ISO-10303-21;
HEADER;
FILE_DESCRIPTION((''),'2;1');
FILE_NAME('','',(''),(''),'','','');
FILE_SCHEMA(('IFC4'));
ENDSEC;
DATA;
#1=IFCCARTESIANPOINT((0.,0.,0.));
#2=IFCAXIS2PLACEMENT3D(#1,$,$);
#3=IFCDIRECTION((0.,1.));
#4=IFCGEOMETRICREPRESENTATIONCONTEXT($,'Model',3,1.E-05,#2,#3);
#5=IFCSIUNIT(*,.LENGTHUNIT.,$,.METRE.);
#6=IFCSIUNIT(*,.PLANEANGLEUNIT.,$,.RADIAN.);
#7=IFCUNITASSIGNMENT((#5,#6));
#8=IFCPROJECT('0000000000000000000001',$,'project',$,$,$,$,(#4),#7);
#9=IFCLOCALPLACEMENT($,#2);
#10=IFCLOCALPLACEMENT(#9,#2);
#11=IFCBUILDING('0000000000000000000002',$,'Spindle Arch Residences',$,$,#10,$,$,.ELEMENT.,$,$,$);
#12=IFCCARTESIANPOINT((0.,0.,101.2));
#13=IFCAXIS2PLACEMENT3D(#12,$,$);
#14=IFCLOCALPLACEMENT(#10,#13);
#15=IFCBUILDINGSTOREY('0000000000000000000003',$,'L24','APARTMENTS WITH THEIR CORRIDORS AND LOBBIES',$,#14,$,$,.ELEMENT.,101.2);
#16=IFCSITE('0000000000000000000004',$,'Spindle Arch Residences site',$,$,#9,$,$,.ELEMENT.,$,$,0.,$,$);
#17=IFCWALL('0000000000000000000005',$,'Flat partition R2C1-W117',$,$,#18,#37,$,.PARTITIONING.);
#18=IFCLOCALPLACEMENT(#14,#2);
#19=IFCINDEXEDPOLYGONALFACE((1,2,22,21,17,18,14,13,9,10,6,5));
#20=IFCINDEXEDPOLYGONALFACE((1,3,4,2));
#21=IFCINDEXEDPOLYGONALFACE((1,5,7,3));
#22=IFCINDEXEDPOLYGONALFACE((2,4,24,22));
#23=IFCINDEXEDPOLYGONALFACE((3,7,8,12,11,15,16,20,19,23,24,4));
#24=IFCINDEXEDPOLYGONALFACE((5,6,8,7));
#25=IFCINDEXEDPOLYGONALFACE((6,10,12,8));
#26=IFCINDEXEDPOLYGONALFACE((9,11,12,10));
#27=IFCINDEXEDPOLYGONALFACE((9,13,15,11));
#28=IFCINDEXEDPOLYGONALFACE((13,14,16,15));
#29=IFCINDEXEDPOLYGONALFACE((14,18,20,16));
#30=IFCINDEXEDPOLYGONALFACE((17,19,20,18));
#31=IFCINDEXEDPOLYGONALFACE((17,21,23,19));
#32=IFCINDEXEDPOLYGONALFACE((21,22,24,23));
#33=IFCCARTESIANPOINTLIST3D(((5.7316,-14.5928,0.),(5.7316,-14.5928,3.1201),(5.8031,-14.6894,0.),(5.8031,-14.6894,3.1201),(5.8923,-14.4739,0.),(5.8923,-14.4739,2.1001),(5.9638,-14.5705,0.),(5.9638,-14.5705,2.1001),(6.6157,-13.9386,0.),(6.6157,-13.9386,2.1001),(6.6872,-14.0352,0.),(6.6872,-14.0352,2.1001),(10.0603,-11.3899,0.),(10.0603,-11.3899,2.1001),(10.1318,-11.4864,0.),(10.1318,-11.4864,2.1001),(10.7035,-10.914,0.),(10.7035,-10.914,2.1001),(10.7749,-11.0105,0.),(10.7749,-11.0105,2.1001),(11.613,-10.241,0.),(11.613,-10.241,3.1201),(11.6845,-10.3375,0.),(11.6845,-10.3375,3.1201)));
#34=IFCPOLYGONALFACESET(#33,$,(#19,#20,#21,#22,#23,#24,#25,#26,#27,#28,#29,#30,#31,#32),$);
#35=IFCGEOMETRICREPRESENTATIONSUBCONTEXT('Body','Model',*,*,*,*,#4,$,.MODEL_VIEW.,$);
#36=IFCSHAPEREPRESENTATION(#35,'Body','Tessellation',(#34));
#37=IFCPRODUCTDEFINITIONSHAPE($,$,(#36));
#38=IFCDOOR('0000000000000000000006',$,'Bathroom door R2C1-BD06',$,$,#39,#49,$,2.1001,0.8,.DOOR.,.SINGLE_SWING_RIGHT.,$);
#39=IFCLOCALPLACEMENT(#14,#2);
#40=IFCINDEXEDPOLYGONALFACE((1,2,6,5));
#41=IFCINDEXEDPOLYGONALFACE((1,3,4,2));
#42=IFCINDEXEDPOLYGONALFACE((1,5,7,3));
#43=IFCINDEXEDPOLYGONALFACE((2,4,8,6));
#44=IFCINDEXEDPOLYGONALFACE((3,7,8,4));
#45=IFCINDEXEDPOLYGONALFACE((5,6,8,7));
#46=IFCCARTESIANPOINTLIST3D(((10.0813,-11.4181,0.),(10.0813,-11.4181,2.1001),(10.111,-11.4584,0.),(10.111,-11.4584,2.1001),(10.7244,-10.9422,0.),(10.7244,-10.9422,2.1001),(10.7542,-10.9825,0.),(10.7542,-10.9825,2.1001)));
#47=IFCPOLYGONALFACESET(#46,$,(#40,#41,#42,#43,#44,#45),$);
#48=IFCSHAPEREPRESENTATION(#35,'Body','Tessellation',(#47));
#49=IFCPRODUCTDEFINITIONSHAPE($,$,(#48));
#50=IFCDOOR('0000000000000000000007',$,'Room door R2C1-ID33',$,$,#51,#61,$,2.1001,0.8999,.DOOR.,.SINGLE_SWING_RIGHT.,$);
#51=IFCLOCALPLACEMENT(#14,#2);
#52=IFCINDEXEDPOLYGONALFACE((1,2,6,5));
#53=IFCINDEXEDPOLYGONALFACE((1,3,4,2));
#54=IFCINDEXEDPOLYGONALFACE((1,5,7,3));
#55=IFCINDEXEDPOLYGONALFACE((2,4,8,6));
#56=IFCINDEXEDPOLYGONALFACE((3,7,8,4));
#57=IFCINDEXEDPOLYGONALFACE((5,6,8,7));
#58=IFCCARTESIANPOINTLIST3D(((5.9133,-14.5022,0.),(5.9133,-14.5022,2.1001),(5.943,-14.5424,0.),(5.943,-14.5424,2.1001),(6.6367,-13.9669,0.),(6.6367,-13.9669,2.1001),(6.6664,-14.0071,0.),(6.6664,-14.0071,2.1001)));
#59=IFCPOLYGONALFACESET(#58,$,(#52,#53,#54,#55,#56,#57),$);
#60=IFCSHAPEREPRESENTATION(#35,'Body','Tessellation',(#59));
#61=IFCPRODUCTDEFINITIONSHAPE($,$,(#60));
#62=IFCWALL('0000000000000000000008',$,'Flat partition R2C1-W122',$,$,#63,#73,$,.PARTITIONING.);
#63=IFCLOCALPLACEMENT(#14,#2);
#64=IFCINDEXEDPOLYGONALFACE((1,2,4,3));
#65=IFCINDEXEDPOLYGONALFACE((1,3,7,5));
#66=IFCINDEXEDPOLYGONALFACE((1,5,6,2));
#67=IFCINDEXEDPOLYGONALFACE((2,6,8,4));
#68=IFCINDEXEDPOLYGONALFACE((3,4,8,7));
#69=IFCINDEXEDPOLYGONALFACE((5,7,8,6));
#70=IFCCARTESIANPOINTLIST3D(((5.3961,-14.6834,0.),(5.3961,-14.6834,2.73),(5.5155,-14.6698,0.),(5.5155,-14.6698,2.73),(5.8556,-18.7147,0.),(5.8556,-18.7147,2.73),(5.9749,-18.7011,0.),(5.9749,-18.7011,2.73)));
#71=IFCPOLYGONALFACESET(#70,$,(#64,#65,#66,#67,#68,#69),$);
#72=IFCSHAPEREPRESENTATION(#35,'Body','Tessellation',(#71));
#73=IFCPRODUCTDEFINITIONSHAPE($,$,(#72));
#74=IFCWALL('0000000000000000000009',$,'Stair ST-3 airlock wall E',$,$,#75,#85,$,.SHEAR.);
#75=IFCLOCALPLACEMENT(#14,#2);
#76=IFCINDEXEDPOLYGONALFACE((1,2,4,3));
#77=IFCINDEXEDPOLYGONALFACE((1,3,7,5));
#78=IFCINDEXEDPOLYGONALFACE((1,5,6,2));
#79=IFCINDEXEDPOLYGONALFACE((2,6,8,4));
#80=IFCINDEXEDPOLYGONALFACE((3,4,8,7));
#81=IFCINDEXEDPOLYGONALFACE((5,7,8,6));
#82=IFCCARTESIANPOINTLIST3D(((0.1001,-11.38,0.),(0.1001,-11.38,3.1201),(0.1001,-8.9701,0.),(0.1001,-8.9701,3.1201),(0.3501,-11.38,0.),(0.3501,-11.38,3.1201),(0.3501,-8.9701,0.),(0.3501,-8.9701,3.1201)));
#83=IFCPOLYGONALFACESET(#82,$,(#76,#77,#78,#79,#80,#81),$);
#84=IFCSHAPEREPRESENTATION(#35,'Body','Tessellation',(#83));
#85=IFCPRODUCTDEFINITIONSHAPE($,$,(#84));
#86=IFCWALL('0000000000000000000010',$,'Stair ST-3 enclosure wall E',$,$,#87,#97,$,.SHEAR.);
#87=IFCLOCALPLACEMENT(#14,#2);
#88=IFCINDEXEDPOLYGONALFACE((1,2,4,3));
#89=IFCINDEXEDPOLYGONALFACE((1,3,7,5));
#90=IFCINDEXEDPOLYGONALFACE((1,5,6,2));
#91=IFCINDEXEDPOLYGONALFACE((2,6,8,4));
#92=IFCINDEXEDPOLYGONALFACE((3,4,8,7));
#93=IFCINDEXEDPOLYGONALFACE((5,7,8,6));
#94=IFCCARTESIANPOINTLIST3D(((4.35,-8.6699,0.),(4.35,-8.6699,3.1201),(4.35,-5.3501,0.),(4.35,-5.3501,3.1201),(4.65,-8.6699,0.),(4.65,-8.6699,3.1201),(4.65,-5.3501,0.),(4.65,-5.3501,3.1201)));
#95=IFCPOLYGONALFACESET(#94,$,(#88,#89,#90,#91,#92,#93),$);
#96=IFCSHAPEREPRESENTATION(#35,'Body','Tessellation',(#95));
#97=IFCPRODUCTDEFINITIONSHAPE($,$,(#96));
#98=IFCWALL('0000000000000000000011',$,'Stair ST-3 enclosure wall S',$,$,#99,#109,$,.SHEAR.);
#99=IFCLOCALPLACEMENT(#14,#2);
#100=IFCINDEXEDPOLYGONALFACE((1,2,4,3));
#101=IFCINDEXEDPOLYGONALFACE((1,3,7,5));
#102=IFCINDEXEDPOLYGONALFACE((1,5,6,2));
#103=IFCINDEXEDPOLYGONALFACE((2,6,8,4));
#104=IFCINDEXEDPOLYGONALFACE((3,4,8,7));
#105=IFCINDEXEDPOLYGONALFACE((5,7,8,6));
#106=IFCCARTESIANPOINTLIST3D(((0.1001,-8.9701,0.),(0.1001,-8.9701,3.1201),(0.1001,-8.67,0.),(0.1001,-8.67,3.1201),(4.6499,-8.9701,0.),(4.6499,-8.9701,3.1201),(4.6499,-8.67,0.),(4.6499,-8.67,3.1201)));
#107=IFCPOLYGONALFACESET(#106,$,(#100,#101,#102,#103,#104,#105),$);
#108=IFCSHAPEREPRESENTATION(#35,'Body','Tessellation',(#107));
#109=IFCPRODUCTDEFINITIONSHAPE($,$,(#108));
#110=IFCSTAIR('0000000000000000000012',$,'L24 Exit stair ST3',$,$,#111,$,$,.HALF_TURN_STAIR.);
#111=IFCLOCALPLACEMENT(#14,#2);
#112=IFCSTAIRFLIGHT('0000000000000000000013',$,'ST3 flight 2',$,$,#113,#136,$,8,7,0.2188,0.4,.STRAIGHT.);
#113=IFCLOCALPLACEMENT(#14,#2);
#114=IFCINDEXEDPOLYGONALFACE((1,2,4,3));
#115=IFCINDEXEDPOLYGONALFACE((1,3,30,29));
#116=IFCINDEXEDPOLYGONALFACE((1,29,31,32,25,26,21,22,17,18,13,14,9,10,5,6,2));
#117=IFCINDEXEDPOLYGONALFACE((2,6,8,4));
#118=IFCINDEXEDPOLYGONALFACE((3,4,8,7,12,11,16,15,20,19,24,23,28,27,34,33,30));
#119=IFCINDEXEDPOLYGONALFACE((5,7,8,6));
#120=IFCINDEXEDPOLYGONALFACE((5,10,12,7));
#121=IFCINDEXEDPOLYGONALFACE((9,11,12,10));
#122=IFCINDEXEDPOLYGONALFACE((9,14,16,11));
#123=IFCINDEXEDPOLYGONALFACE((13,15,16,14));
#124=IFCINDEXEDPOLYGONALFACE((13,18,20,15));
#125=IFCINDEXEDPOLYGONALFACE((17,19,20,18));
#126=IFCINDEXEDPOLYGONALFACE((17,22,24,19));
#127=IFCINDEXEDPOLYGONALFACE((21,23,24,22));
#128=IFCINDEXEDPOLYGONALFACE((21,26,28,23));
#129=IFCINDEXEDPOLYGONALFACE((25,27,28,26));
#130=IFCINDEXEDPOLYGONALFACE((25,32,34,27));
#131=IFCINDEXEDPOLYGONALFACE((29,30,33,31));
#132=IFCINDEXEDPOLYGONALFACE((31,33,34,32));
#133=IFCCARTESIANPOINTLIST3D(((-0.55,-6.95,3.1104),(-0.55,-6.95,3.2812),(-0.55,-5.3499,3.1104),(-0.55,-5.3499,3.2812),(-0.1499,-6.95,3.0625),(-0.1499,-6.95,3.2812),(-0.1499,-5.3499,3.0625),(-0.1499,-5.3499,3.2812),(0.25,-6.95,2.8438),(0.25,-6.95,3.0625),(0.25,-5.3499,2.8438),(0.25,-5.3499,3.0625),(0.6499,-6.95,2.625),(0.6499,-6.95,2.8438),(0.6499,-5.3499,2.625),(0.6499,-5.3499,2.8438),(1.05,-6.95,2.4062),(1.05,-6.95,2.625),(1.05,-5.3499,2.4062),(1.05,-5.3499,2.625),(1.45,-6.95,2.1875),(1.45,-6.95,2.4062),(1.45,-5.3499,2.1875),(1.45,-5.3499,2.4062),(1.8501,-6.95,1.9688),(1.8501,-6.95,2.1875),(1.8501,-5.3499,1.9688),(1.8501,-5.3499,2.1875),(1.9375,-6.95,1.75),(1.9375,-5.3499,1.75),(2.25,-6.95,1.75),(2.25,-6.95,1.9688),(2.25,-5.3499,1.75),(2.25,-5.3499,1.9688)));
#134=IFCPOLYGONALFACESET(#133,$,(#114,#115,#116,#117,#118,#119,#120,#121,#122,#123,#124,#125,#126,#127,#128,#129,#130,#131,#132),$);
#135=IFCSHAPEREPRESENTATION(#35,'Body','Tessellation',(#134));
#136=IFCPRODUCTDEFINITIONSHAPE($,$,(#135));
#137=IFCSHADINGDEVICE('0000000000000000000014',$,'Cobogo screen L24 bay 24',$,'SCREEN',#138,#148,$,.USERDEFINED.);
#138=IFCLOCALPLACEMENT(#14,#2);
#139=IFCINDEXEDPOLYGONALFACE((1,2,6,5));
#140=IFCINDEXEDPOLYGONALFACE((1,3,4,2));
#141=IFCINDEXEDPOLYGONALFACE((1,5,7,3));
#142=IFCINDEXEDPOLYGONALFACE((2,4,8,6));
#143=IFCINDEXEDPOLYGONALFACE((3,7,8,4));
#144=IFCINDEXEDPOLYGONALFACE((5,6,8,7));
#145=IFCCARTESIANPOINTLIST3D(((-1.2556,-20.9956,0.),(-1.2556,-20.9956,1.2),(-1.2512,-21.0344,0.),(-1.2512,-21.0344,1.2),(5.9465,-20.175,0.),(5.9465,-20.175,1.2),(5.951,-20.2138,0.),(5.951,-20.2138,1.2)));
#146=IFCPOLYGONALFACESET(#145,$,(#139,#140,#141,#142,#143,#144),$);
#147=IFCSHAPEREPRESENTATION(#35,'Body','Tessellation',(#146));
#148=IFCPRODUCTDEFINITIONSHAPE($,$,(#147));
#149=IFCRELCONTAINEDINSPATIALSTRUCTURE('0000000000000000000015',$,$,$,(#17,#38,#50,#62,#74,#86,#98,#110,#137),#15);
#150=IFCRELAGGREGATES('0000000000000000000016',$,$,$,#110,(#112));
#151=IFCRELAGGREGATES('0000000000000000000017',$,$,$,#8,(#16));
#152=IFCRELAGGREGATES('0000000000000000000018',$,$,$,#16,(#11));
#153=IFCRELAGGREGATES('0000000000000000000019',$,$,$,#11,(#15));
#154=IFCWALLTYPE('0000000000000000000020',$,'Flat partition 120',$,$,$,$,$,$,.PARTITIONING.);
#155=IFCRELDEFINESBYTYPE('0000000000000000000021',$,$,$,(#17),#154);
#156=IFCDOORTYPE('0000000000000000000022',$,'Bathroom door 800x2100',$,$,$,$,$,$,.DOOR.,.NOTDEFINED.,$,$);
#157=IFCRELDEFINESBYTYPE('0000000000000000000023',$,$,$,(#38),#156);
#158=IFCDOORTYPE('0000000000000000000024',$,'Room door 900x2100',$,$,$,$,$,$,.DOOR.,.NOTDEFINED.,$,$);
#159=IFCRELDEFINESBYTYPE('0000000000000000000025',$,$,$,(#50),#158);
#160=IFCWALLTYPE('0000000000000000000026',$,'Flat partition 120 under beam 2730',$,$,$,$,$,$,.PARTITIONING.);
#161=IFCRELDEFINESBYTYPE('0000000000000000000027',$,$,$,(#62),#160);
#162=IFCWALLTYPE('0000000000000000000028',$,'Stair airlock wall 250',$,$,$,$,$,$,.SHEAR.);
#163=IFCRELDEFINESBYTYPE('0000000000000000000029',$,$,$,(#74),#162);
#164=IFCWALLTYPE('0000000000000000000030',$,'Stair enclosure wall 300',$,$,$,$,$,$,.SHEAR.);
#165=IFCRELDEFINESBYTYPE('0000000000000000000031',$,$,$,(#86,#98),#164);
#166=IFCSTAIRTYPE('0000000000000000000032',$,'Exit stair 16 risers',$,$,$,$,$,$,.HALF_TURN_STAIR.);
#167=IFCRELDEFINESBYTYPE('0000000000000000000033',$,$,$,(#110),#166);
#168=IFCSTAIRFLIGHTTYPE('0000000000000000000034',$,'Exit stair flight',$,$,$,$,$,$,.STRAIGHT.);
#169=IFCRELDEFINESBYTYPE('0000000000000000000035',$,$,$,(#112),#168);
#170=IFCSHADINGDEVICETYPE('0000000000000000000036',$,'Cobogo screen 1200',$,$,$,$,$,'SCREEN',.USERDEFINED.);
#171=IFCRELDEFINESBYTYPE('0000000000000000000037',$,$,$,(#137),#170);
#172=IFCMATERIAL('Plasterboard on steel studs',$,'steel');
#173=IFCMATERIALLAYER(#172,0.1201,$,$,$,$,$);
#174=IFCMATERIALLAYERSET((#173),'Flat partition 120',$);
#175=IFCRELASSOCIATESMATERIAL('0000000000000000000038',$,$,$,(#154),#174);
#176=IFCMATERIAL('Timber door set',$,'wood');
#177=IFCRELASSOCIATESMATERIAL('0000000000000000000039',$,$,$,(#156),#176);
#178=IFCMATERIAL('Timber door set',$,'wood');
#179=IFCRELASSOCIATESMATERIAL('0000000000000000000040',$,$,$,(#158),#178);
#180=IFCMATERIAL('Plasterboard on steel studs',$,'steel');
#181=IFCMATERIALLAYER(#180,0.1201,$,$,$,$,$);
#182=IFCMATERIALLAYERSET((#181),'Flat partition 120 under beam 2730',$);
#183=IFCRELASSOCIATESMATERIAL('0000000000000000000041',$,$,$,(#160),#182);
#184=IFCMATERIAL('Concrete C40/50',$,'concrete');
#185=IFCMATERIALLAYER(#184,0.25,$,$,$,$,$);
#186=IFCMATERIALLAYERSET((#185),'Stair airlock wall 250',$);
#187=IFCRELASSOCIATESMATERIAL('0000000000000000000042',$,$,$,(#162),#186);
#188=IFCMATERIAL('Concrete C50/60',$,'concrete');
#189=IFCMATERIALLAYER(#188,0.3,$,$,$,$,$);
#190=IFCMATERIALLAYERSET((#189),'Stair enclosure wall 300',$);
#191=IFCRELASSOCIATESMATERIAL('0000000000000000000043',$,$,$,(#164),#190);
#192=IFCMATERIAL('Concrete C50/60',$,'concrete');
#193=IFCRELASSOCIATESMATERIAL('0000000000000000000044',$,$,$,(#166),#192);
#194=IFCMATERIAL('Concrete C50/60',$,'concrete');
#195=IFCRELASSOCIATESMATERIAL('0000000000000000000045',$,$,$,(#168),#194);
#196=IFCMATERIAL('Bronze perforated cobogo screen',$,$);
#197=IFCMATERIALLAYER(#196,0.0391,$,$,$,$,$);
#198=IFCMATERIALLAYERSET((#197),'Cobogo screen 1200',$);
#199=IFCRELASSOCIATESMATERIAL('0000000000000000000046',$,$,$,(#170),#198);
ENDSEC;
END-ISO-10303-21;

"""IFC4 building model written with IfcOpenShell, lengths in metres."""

from ifc_helpers import new_model, si_unit, direction, frame, frame_2d, origin, origin_2d, place, context, subcontext, project, spatial, polyline, rectangle, outline, extrude, material, layer, layer_set, type_object, element, fill, aggregate, save


model = new_model("IFC4")

# Units and contexts
model_context = context("Model", 3, precision=1e-05, world=origin(), true_north=direction((0.0, 1.0)))
body_context = subcontext(model_context, "Body", "Model", "MODEL_VIEW")
ifc_project = project(units=[si_unit("LENGTHUNIT", "METRE"), si_unit("PLANEANGLEUNIT", "RADIAN")], contexts=[model_context])

# Site, building, storey
site_placement = place(None, origin())
site = spatial("IfcSite", under=ifc_project, at=site_placement, Name="Spindle Arch Residences site", CompositionType="ELEMENT", RefElevation=0.0)
building_placement = place(site_placement, origin())
building = spatial("IfcBuilding", under=site, at=building_placement, Name="Spindle Arch Residences", CompositionType="ELEMENT")
storey_placement = place(building_placement, frame((0.0, 0.0, 101.2)))
storey = spatial("IfcBuildingStorey", under=building, at=storey_placement, Name="L24", Description="APARTMENTS WITH THEIR CORRIDORS AND LOBBIES", CompositionType="ELEMENT", Elevation=101.2)

# Shared definitions
ifc_material_1 = material(Name="Plasterboard on steel studs", Category="steel")
ifc_layer_1 = layer(ifc_material_1, 0.1201)
ifc_layer_set_1 = layer_set([ifc_layer_1], Name="Flat partition 120")
wall_type_1 = type_object("IfcWallType", Name="Flat partition 120", PredefinedType="PARTITIONING", material=ifc_layer_set_1)

# Wall, openings, doors
wall_1_placement = place(storey_placement, frame((5.7673, -14.6411, 0.0), z_axis=(0.0, 0.0, 1.0), x_axis=(0.803867, 0.594809, 0.0)))
wall_1 = element("IfcWall", 1, at=wall_1_placement, inside=storey, type_object=wall_type_1, Name="Flat partition R2C1-W117", PredefinedType="PARTITIONING", context=body_context, shape_type="SweptSolid", body=[
    extrude(rectangle(XDim=7.3164, YDim=0.1201, at=frame_2d((3.6582, 0.0))), origin(), (0.0, 0.0, 1.0), 3.1201),
])
opening_1_placement = place(wall_1_placement, frame((0.2, 0.0, 0.0)))
opening_1 = element("IfcOpeningElement", 2, at=opening_1_placement, cuts=wall_1, PredefinedType="OPENING", context=body_context, shape_type="SweptSolid", body=[
    extrude(rectangle(XDim=0.8999, YDim=2.1001, at=frame_2d((0.45, 1.05))), frame((0.0, 0.0701, 0.0), z_axis=(0.0, -1.0, 0.0), x_axis=(1.0, 0.0, 0.0)), (0.0, 0.0, 1.0), 0.1401),
])
opening_2_placement = place(wall_1_placement, frame((5.385, 0.0, 0.0)))
opening_2 = element("IfcOpeningElement", 3, at=opening_2_placement, cuts=wall_1, PredefinedType="OPENING", context=body_context, shape_type="SweptSolid", body=[
    extrude(rectangle(XDim=0.8, YDim=2.1001, at=frame_2d((0.3999, 1.05))), frame((0.0, 0.0701, 0.0), z_axis=(0.0, -1.0, 0.0), x_axis=(1.0, 0.0, 0.0)), (0.0, 0.0, 1.0), 0.1401),
])
ifc_material_2 = material(Name="Timber door set", Category="wood")
door_type_1 = type_object("IfcDoorType", Name="Bathroom door 800x2100", OperationType="NOTDEFINED", PredefinedType="DOOR", material=ifc_material_2)
door_1_placement = place(opening_2_placement, origin())
door_1 = element("IfcDoor", 4, at=door_1_placement, inside=storey, type_object=door_type_1, Name="Bathroom door R2C1-BD06", OperationType="SINGLE_SWING_RIGHT", OverallHeight=2.1001, OverallWidth=0.8, PredefinedType="DOOR", context=body_context, shape_type="SweptSolid", body=[
    extrude(rectangle(XDim=0.8, YDim=2.1001, at=frame_2d((0.3999, 1.05))), frame((0.0, 0.0249, 0.0), z_axis=(0.0, -1.0, 0.0), x_axis=(1.0, 0.0, 0.0)), (0.0, 0.0, 1.0), 0.05),
])
fill(opening_2, door_1)
ifc_material_3 = material(Name="Timber door set", Category="wood")
door_type_2 = type_object("IfcDoorType", Name="Room door 900x2100", OperationType="NOTDEFINED", PredefinedType="DOOR", material=ifc_material_3)
door_2_placement = place(opening_1_placement, origin())
door_2 = element("IfcDoor", 5, at=door_2_placement, inside=storey, type_object=door_type_2, Name="Room door R2C1-ID33", OperationType="SINGLE_SWING_RIGHT", OverallHeight=2.1001, OverallWidth=0.8999, PredefinedType="DOOR", context=body_context, shape_type="SweptSolid", body=[
    extrude(rectangle(XDim=0.8999, YDim=2.1001, at=frame_2d((0.45, 1.05))), frame((0.0, 0.0249, 0.0), z_axis=(0.0, -1.0, 0.0), x_axis=(1.0, 0.0, 0.0)), (0.0, 0.0, 1.0), 0.05),
])
fill(opening_1, door_2)

# Wall
ifc_material_4 = material(Name="Plasterboard on steel studs", Category="steel")
ifc_layer_2 = layer(ifc_material_4, 0.1201)
ifc_layer_set_2 = layer_set([ifc_layer_2], Name="Flat partition 120 under beam 2730")
wall_type_2 = type_object("IfcWallType", Name="Flat partition 120 under beam 2730", PredefinedType="PARTITIONING", material=ifc_layer_set_2)
wall_2_placement = place(storey_placement, frame((5.9153, -18.708, 0.0), z_axis=(0.0, 0.0, 1.0), x_axis=(-0.113245, 0.993567, 0.0)))
element("IfcWall", 6, at=wall_2_placement, inside=storey, type_object=wall_type_2, Name="Flat partition R2C1-W122", PredefinedType="PARTITIONING", context=body_context, shape_type="SweptSolid", body=[
    extrude(rectangle(XDim=4.0574, YDim=0.1201, at=frame_2d((2.0288, 0.0))), origin(), (0.0, 0.0, 1.0), 2.73),
])

# Walls
ifc_material_5 = material(Name="Concrete C40/50", Category="concrete")
ifc_layer_3 = layer(ifc_material_5, 0.25)
ifc_layer_set_3 = layer_set([ifc_layer_3], Name="Stair airlock wall 250")
wall_type_3 = type_object("IfcWallType", Name="Stair airlock wall 250", PredefinedType="SHEAR", material=ifc_layer_set_3)
wall_3_placement = place(storey_placement, frame((0.2251, -8.97, 0.0), z_axis=(0.0, 0.0, 1.0), x_axis=(0.0, -1.0, 0.0)))
element("IfcWall", 7, at=wall_3_placement, inside=storey, type_object=wall_type_3, Name="Stair ST-3 airlock wall E", PredefinedType="SHEAR", context=body_context, shape_type="SweptSolid", body=[
    extrude(rectangle(XDim=2.4099, YDim=0.25, at=frame_2d((1.2051, 0.0))), origin(), (0.0, 0.0, 1.0), 3.1201),
])
ifc_material_6 = material(Name="Concrete C50/60", Category="concrete")
ifc_layer_4 = layer(ifc_material_6, 0.3)
ifc_layer_set_4 = layer_set([ifc_layer_4], Name="Stair enclosure wall 300")
wall_type_4 = type_object("IfcWallType", Name="Stair enclosure wall 300", PredefinedType="SHEAR", material=ifc_layer_set_4)
wall_4_placement = place(storey_placement, frame((4.5, -8.6699, 0.0), z_axis=(0.0, 0.0, 1.0), x_axis=(0.0, 1.0, 0.0)))
element("IfcWall", 8, at=wall_4_placement, inside=storey, type_object=wall_type_4, Name="Stair ST-3 enclosure wall E", PredefinedType="SHEAR", context=body_context, shape_type="SweptSolid", body=[
    extrude(rectangle(XDim=3.3198, YDim=0.3, at=frame_2d((1.6599, 0.0))), origin(), (0.0, 0.0, 1.0), 3.1201),
])
wall_5_placement = place(storey_placement, frame((0.1001, -8.8201, 0.0), z_axis=(0.0, 0.0, 1.0), x_axis=(1.0, 0.0, 0.0)))
element("IfcWall", 9, at=wall_5_placement, inside=storey, type_object=wall_type_4, Name="Stair ST-3 enclosure wall S", PredefinedType="SHEAR", context=body_context, shape_type="SweptSolid", body=[
    extrude(rectangle(XDim=4.5498, YDim=0.3, at=frame_2d((2.2749, 0.0))), origin(), (0.0, 0.0, 1.0), 3.1201),
])

# Stair, stair flight
ifc_material_7 = material(Name="Concrete C50/60", Category="concrete")
stair_type = type_object("IfcStairType", Name="Exit stair 16 risers", PredefinedType="HALF_TURN_STAIR", material=ifc_material_7)
stair_placement = place(storey_placement, origin())
stair = element("IfcStair", 10, at=stair_placement, inside=storey, type_object=stair_type, Name="L24 Exit stair ST3", PredefinedType="HALF_TURN_STAIR")
ifc_material_8 = material(Name="Concrete C50/60", Category="concrete")
stair_flight_type = type_object("IfcStairFlightType", Name="Exit stair flight", PredefinedType="STRAIGHT", material=ifc_material_8)
stair_flight_placement = place(storey_placement, frame((2.25, -6.1499, 1.75), z_axis=(0.0, 0.0, 1.0), x_axis=(-1.0, 0.0, 0.0)))
stair_flight = element("IfcStairFlight", 11, at=stair_flight_placement, type_object=stair_flight_type, Name="ST3 flight 2", NumberOfRisers=8, NumberOfTreads=7, PredefinedType="STRAIGHT", RiserHeight=0.2188, TreadLength=0.4, context=body_context, shape_type="SweptSolid", body=[
    extrude(outline(polyline([(0.0, 0.0), (0.0, 0.2188), (0.3999, 0.2188), (0.3999, 0.4375), (0.8, 0.4375), (0.8, 0.6562), (1.2, 0.6562), (1.2, 0.875), (1.6001, 0.875), (1.6001, 1.0938), (2.0, 1.0938), (2.0, 1.3125), (2.3999, 1.3125), (2.3999, 1.5312), (2.8, 1.5312), (2.8, 1.75), (2.8, 1.3604), (0.3125, 0.0), (0.0, 0.0)])), frame((0.0, 0.8, 0.0), z_axis=(0.0, -1.0, 0.0), x_axis=(1.0, 0.0, 0.0)), (0.0, 0.0, 1.0), 1.6001),
])
aggregate(stair, [stair_flight])

# Shading device
ifc_material_9 = material(Name="Bronze perforated cobogo screen")
ifc_layer_5 = layer(ifc_material_9, 0.0391)
ifc_layer_set_5 = layer_set([ifc_layer_5], Name="Cobogo screen 1200")
shading_device_type = type_object("IfcShadingDeviceType", Name="Cobogo screen 1200", ElementType="SCREEN", PredefinedType="USERDEFINED", material=ifc_layer_set_5)
shading_device_placement = place(storey_placement, frame((2.3477, -20.6047, 0.0), z_axis=(0.0, 0.0, 1.0), x_axis=(0.993572, 0.113203, 0.0)))
element("IfcShadingDevice", 12, at=shading_device_placement, inside=storey, type_object=shading_device_type, Name="Cobogo screen L24 bay 24", ObjectType="SCREEN", PredefinedType="USERDEFINED", context=body_context, shape_type="SweptSolid", body=[
    extrude(rectangle(XDim=7.2488, YDim=0.0391, at=origin_2d()), origin(), (0.0, 0.0, 1.0), 1.2),
])

save(model, "model.ifc")
